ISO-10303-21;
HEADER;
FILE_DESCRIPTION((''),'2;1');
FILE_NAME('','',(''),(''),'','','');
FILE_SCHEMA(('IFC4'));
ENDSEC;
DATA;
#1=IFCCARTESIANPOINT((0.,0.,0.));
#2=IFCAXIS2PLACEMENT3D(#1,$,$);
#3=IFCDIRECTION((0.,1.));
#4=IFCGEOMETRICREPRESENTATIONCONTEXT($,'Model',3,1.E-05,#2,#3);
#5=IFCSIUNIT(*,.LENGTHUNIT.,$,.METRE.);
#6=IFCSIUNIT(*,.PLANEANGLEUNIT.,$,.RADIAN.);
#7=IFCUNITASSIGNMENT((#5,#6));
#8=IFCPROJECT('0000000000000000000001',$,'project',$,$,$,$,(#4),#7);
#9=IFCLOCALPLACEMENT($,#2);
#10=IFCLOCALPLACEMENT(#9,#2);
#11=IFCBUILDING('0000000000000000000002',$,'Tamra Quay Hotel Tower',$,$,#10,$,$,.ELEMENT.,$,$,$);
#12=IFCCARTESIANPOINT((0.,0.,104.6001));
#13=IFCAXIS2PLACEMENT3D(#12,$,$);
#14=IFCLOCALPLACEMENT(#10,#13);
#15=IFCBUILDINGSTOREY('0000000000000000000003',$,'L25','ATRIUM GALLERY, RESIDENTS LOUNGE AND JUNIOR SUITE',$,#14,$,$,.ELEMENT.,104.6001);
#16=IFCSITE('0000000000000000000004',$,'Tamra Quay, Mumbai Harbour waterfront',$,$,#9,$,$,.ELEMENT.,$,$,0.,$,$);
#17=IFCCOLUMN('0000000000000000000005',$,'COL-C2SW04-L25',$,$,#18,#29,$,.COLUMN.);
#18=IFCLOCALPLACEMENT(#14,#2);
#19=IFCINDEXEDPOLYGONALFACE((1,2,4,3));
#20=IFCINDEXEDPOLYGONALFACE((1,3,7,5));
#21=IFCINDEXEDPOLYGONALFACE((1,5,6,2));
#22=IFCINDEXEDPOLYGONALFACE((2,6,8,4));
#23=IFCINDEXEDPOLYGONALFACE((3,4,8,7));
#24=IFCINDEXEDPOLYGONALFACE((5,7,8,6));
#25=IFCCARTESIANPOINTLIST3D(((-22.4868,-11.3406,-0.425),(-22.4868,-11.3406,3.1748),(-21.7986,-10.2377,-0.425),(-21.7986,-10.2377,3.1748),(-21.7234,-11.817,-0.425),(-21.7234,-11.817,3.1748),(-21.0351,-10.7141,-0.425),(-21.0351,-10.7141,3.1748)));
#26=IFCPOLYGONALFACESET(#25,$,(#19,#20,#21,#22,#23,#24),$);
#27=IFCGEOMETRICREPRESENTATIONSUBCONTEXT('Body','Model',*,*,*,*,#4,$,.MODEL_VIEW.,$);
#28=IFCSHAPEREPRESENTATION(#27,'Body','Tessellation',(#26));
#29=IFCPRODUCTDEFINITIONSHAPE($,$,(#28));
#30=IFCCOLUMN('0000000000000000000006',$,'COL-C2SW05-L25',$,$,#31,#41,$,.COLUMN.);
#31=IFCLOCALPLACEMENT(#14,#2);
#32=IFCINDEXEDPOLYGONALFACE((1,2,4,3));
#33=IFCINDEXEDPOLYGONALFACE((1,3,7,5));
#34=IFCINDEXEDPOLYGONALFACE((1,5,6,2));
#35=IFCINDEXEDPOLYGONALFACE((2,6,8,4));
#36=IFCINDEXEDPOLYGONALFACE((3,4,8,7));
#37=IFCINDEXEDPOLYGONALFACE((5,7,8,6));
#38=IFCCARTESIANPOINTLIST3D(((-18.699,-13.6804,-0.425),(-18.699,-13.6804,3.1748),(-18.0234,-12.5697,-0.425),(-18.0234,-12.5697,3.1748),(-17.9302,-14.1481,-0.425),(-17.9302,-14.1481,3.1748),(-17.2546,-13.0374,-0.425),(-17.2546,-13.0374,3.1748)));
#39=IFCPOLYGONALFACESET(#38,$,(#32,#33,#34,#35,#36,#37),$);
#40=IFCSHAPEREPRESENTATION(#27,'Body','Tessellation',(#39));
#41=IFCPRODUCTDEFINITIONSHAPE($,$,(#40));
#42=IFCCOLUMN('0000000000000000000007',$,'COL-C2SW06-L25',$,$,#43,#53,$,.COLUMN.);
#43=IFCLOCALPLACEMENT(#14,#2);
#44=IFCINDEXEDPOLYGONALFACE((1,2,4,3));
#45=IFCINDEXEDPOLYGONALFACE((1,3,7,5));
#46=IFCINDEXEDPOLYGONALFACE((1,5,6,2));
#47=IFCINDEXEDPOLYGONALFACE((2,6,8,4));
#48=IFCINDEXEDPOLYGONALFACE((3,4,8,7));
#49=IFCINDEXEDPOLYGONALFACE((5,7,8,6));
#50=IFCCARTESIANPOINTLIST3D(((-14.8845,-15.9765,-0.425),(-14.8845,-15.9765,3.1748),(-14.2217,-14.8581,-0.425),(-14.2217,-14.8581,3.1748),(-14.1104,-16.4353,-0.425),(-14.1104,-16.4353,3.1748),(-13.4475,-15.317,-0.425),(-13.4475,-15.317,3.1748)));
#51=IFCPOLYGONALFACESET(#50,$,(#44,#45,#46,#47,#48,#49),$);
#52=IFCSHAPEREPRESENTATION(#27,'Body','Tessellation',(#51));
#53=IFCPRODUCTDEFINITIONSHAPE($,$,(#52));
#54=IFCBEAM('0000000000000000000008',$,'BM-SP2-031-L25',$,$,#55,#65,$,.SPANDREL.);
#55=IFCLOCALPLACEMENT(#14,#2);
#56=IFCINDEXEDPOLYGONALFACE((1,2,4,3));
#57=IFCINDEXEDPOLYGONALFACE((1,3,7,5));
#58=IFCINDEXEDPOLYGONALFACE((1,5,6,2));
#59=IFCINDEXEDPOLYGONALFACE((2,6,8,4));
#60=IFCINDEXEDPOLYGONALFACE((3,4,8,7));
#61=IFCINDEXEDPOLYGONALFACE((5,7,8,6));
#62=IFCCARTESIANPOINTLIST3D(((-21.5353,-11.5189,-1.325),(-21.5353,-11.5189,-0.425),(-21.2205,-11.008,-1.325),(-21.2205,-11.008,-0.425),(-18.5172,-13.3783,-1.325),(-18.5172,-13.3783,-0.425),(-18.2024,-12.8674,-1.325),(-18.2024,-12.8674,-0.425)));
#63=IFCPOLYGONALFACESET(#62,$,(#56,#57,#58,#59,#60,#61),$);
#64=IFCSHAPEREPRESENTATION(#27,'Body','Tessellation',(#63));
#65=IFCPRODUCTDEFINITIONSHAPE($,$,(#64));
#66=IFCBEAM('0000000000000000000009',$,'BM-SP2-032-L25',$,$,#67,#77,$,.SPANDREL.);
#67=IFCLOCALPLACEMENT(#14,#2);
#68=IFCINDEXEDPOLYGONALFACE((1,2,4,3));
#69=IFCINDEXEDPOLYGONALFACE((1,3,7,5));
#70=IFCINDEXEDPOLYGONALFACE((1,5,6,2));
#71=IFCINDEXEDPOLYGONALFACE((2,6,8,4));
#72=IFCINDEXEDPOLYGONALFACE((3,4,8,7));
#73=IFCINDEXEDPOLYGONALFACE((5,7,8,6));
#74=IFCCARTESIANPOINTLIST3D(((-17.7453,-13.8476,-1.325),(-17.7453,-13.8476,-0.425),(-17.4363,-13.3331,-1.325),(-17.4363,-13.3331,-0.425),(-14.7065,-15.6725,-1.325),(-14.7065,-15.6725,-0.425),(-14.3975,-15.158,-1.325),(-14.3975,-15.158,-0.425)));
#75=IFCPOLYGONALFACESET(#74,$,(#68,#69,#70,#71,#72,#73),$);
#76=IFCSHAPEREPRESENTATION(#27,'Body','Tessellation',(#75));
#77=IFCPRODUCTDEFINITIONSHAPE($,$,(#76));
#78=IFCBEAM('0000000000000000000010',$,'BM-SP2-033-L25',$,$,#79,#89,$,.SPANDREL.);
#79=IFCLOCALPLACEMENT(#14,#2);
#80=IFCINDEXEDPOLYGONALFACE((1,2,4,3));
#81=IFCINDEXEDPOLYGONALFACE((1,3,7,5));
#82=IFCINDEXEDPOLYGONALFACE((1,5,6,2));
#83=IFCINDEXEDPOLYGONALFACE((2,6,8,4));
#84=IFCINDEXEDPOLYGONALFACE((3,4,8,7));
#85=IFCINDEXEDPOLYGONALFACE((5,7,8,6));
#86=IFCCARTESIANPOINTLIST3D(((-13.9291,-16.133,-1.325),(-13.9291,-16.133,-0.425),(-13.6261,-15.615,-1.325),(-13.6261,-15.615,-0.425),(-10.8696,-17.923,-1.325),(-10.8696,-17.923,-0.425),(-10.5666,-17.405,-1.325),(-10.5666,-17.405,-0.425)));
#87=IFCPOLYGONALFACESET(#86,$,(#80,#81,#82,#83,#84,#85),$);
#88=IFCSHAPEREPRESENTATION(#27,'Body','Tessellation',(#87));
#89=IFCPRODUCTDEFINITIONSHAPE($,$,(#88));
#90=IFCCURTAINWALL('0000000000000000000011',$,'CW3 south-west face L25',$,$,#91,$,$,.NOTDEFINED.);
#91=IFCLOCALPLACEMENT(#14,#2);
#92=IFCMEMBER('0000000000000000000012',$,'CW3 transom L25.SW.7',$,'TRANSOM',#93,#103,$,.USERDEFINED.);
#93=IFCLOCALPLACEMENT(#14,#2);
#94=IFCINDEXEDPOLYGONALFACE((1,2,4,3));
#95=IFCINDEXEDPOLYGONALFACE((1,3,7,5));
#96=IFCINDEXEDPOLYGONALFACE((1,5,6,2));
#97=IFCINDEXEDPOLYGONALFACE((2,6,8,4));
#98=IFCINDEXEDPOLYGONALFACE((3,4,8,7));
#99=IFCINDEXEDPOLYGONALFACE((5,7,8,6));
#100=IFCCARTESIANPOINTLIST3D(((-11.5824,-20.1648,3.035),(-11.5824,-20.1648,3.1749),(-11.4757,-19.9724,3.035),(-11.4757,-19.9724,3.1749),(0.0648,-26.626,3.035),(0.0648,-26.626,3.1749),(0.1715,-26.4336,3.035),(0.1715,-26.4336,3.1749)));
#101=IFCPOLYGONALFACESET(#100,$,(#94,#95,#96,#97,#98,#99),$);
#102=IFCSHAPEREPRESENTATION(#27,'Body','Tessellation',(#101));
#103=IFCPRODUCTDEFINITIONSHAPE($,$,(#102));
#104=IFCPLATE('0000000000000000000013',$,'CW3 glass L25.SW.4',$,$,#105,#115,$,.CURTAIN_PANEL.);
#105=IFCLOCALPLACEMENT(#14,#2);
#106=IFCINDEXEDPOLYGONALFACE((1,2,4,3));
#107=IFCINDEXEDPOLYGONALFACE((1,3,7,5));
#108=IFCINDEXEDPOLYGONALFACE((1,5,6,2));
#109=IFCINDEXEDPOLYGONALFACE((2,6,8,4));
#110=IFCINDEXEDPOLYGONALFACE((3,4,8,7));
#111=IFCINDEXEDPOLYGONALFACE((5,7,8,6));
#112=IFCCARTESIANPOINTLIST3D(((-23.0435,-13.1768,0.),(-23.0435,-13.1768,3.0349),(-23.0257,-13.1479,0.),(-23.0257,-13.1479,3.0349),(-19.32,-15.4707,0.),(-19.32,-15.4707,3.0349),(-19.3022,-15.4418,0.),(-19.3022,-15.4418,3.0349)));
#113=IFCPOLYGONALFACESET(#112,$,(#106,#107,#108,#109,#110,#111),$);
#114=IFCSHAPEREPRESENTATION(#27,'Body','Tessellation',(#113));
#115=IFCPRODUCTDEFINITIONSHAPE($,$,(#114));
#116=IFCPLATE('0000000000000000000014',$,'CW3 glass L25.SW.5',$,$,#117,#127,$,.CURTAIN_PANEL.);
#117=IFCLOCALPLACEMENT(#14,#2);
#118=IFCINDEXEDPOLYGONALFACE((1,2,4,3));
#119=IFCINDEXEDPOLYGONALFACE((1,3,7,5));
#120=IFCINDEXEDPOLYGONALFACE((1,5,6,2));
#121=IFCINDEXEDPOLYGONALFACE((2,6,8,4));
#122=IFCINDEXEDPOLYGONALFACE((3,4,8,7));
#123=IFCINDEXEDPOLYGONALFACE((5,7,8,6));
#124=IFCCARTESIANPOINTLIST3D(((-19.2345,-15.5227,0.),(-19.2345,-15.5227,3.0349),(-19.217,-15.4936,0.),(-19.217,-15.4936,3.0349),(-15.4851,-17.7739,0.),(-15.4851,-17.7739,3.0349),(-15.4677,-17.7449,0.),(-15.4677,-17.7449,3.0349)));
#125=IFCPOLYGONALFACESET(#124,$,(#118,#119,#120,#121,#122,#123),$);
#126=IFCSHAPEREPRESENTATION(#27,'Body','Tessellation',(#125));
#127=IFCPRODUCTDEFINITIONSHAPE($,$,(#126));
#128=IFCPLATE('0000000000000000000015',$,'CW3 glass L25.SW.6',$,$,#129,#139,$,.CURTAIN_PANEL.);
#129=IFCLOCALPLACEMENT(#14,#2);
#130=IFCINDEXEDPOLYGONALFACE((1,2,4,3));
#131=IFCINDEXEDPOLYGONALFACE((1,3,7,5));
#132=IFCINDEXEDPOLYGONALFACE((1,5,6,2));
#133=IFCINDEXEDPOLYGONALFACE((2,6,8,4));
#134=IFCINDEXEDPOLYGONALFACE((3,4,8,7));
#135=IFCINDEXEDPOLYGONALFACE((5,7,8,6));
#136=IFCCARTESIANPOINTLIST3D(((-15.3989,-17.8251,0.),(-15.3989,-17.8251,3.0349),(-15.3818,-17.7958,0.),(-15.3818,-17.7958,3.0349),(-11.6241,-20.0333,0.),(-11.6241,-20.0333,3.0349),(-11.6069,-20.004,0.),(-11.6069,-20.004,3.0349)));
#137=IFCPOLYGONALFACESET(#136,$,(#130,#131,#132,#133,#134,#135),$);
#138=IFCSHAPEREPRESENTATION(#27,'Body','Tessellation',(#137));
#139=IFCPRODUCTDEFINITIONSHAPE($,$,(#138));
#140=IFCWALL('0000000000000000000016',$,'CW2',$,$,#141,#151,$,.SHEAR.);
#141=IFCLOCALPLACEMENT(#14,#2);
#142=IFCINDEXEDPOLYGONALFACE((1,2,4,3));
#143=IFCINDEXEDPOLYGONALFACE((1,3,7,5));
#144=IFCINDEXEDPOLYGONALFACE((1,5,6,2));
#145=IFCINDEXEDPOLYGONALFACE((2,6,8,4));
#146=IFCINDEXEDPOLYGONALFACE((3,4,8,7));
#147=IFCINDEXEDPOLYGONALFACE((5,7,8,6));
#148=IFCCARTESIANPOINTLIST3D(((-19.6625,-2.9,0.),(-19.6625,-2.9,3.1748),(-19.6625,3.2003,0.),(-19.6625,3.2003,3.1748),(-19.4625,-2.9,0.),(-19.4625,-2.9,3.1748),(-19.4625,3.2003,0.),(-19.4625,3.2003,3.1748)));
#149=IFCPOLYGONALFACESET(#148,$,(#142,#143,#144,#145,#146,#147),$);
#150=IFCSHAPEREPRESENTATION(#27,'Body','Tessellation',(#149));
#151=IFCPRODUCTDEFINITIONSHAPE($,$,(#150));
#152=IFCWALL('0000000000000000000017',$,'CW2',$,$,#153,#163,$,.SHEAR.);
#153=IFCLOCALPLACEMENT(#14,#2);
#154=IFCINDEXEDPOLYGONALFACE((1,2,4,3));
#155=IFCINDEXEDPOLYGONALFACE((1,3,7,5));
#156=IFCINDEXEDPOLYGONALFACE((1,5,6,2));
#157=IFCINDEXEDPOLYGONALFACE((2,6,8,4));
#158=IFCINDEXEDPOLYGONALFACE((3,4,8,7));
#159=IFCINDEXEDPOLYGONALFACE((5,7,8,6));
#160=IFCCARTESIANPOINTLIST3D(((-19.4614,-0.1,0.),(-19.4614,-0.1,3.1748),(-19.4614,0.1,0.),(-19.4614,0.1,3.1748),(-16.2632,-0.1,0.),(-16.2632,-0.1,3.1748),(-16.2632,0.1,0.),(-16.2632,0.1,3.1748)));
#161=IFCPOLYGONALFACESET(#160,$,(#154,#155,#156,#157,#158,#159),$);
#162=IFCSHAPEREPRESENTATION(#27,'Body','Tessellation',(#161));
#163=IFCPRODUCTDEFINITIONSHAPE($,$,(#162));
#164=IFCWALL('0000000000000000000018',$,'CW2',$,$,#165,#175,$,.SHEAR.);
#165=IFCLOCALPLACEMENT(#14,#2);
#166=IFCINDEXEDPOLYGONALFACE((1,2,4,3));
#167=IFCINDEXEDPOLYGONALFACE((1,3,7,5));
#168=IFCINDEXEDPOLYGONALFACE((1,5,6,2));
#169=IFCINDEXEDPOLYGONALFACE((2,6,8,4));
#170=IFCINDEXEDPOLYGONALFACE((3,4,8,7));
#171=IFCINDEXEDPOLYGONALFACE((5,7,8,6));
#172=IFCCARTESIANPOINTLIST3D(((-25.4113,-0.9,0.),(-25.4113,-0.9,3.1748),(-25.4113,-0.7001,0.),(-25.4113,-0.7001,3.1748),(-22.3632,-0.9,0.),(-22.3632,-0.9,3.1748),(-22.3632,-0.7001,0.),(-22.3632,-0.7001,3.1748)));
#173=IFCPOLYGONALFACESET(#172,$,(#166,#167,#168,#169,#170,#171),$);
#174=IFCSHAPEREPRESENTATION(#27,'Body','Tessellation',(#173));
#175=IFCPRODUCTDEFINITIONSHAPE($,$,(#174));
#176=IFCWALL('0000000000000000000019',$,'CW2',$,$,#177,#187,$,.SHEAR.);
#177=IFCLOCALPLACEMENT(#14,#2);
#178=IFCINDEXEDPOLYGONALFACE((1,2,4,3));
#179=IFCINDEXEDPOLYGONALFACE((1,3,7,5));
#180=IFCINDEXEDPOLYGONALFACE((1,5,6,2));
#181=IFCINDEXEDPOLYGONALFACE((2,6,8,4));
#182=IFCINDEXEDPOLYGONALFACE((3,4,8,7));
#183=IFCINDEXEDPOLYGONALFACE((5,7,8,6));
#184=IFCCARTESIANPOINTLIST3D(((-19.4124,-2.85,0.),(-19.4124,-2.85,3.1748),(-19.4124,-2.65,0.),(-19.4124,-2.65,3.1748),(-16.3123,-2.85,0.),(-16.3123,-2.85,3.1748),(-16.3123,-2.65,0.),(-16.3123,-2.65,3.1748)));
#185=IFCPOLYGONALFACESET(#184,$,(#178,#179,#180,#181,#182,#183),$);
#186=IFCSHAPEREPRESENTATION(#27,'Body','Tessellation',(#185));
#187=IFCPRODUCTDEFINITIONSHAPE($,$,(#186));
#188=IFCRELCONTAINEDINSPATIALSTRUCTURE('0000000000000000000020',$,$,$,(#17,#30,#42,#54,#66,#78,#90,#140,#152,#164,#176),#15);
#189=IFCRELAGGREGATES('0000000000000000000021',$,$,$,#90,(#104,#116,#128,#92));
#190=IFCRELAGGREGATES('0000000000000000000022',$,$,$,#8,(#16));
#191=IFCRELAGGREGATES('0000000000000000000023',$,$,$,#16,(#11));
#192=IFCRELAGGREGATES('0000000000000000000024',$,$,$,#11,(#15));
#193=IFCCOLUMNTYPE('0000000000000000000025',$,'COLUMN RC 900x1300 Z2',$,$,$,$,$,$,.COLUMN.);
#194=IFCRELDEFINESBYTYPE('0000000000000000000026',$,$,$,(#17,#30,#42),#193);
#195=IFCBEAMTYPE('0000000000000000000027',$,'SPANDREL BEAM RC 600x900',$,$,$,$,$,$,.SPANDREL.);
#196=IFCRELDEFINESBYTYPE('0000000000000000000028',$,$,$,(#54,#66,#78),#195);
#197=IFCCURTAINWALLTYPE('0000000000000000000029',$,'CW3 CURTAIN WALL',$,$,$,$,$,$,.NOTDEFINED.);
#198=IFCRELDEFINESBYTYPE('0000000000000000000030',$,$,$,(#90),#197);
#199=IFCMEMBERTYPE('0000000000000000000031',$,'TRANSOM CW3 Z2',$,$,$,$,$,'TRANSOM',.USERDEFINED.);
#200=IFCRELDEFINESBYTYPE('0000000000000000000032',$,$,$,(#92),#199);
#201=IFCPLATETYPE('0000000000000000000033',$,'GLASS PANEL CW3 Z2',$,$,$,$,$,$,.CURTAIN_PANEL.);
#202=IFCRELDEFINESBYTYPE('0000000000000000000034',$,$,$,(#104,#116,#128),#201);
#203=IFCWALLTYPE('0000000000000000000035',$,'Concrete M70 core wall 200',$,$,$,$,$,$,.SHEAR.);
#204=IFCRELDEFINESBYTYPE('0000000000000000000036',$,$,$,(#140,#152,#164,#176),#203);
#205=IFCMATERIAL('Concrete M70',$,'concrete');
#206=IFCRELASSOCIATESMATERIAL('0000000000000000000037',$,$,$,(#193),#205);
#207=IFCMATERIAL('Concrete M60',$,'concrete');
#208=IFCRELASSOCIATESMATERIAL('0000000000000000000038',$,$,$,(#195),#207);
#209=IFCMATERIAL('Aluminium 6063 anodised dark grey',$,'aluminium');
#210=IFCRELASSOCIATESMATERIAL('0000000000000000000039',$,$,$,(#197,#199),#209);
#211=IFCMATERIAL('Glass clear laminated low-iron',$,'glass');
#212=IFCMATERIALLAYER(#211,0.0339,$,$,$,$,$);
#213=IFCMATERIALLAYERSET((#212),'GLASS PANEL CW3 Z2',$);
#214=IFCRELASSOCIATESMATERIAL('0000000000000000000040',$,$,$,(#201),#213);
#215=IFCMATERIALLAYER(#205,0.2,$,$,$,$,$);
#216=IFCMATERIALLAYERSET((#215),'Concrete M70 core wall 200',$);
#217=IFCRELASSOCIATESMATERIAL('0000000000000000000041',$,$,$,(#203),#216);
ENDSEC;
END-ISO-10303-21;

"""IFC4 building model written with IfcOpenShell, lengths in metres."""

from ifc_helpers import new_model, si_unit, direction, frame, frame_2d, origin, origin_2d, place, context, subcontext, project, spatial, rectangle, extrude, material, layer, layer_set, material_profile, profile_set, type_object, element, aggregate, save


model = new_model("IFC4")

# Units and contexts
model_context = context("Model", 3, precision=1e-05, world=origin(), true_north=direction((0.0, 1.0)))
body_context = subcontext(model_context, "Body", "Model", "MODEL_VIEW")
ifc_project = project(units=[si_unit("LENGTHUNIT", "METRE"), si_unit("PLANEANGLEUNIT", "RADIAN")], contexts=[model_context])

# Site, building, storey
site_placement = place(None, origin())
site = spatial("IfcSite", under=ifc_project, at=site_placement, Name="Tamra Quay, Mumbai Harbour waterfront", CompositionType="ELEMENT", RefElevation=0.0)
building_placement = place(site_placement, origin())
building = spatial("IfcBuilding", under=site, at=building_placement, Name="Tamra Quay Hotel Tower", CompositionType="ELEMENT")
storey_placement = place(building_placement, frame((0.0, 0.0, 104.6001)))
storey = spatial("IfcBuildingStorey", under=building, at=storey_placement, Name="L25", Description="ATRIUM GALLERY, RESIDENTS LOUNGE AND JUNIOR SUITE", CompositionType="ELEMENT", Elevation=104.6001)

# Columns
ifc_material_1 = material(Name="Concrete M70", Category="concrete")
ifc_material_profile_1 = material_profile(ifc_material_1, rectangle(XDim=1.3, YDim=0.8999, at=origin_2d()), Name="COLUMN RC 900x1300 Z2")
ifc_profile_set_1 = profile_set([ifc_material_profile_1], Name="Concrete M70")
column_type = type_object("IfcColumnType", Name="COLUMN RC 900x1300 Z2", PredefinedType="COLUMN", material=ifc_profile_set_1)
for number, where, z_axis, x_axis, name in (
    (1, (-21.761, -11.0273, -0.425), (0.0, 0.0, 1.0), (0.52941, 0.848366, 0.0), "COL-C2SW04-L25"),
    (2, (-17.9768, -13.3589, -0.425), (0.0, 0.0, 1.0), (0.519679, 0.854362, 0.0), "COL-C2SW05-L25"),
    (3, (-14.166, -15.6467, -0.425), (0.0, 0.0, 1.0), (0.509873, 0.860249, 0.0), "COL-C2SW06-L25"),
):
    element("IfcColumn", number, at=place(storey_placement, frame(where, z_axis=z_axis, x_axis=x_axis)), inside=storey, type_object=column_type, Name=name, PredefinedType="COLUMN", context=body_context, shape_type="SweptSolid", body=[
        extrude(rectangle(XDim=1.3, YDim=0.8999, at=origin_2d()), origin(), (0.0, 0.0, 1.0), 3.5999),
    ])

# Beams
ifc_material_2 = material(Name="Concrete M60", Category="concrete")
ifc_material_profile_2 = material_profile(ifc_material_2, rectangle(XDim=0.6001, YDim=0.8999, at=origin_2d()), Name="SPANDREL BEAM RC 600x900")
ifc_profile_set_2 = profile_set([ifc_material_profile_2], Name="Concrete M60")
beam_type = type_object("IfcBeamType", Name="SPANDREL BEAM RC 600x900", PredefinedType="SPANDREL", material=ifc_profile_set_2)
beam_placement = place(storey_placement, frame((-21.3779, -11.2634, -0.875), z_axis=(0.851393, -0.524528, 0.0), x_axis=(0.524528, 0.851393, 0.0)))
element("IfcBeam", 4, at=beam_placement, inside=storey, type_object=beam_type, Name="BM-SP2-031-L25", PredefinedType="SPANDREL", context=body_context, shape_type="SweptSolid", body=[
    extrude(rectangle(XDim=0.6001, YDim=0.8999, at=origin_2d()), origin(), (0.0, 0.0, 1.0), 3.5449),
])
for number, where, z_axis, x_axis, name in (
    (5, (-17.5908, -13.5903, -0.875), (0.857286, -0.51484, 0.0), (0.51484, 0.857286, 0.0), "BM-SP2-032-L25"),
    (6, (-13.7776, -15.874, -0.875), (0.863129, -0.504984, 0.0), (0.504984, 0.863129, 0.0), "BM-SP2-033-L25"),
):
    element("IfcBeam", number, at=place(storey_placement, frame(where, z_axis=z_axis, x_axis=x_axis)), inside=storey, type_object=beam_type, Name=name, PredefinedType="SPANDREL", context=body_context, shape_type="SweptSolid", body=[
        extrude(rectangle(XDim=0.6001, YDim=0.8999, at=origin_2d()), origin(), (0.0, 0.0, 1.0), 3.5447),
    ])

# Curtain wall, member, plates
ifc_material_3 = material(Name="Aluminium 6063 anodised dark grey", Category="aluminium")
curtain_wall_type = type_object("IfcCurtainWallType", Name="CW3 CURTAIN WALL", PredefinedType="NOTDEFINED", material=ifc_material_3)
curtain_wall_placement = place(storey_placement, origin())
curtain_wall = element("IfcCurtainWall", 7, at=curtain_wall_placement, inside=storey, type_object=curtain_wall_type, Name="CW3 south-west face L25", PredefinedType="NOTDEFINED")
ifc_material_profile_3 = material_profile(ifc_material_3, rectangle(XDim=0.22, YDim=0.1399, at=origin_2d()), Name="TRANSOM 220X140")
ifc_profile_set_3 = profile_set([ifc_material_profile_3], Name="Aluminium 6063 anodised dark grey")
member_type = type_object("IfcMemberType", Name="TRANSOM CW3 Z2", ElementType="TRANSOM", PredefinedType="USERDEFINED", material=ifc_profile_set_3)
member_placement = place(storey_placement, frame((-11.5291, -20.0686, 3.105), z_axis=(0.87446, -0.485098, 0.0), x_axis=(0.485098, 0.87446, 0.0)))
member = element("IfcMember", 8, at=member_placement, type_object=member_type, Name="CW3 transom L25.SW.7", ObjectType="TRANSOM", PredefinedType="USERDEFINED", context=body_context, shape_type="SweptSolid", body=[
    extrude(rectangle(XDim=0.22, YDim=0.1399, at=origin_2d()), origin(), (0.0, 0.0, 1.0), 13.3193),
])
ifc_material_4 = material(Name="Glass clear laminated low-iron", Category="glass")
ifc_layer_1 = layer(ifc_material_4, 0.0339)
ifc_layer_set_1 = layer_set([ifc_layer_1], Name="GLASS PANEL CW3 Z2")
plate_type = type_object("IfcPlateType", Name="GLASS PANEL CW3 Z2", PredefinedType="CURTAIN_PANEL", material=ifc_layer_set_1)
plate_1_placement = place(storey_placement, frame((-21.1729, -14.3093, 0.0), z_axis=(0.0, 0.0, 1.0), x_axis=(0.851399, -0.524518, 0.0)))
plate_1 = element("IfcPlate", 9, at=plate_1_placement, type_object=plate_type, Name="CW3 glass L25.SW.4", PredefinedType="CURTAIN_PANEL", context=body_context, shape_type="SweptSolid", body=[
    extrude(rectangle(XDim=4.3733, YDim=0.0339, at=origin_2d()), origin(), (0.0, 0.0, 1.0), 3.0349),
])
plate_2_placement = place(storey_placement, frame((-17.3511, -16.6338, 0.0), z_axis=(0.0, 0.0, 1.0), x_axis=(0.857331, -0.514765, 0.0)))
plate_2 = element("IfcPlate", 10, at=plate_2_placement, type_object=plate_type, Name="CW3 glass L25.SW.5", PredefinedType="CURTAIN_PANEL", context=body_context, shape_type="SweptSolid", body=[
    extrude(rectangle(XDim=4.3733, YDim=0.0339, at=origin_2d()), origin(), (0.0, 0.0, 1.0), 3.0349),
])
plate_3_placement = place(storey_placement, frame((-13.5029, -18.9146, 0.0), z_axis=(0.0, 0.0, 1.0), x_axis=(0.863155, -0.504939, 0.0)))
plate_3 = element("IfcPlate", 11, at=plate_3_placement, type_object=plate_type, Name="CW3 glass L25.SW.6", PredefinedType="CURTAIN_PANEL", context=body_context, shape_type="SweptSolid", body=[
    extrude(rectangle(XDim=4.3733, YDim=0.0339, at=origin_2d()), origin(), (0.0, 0.0, 1.0), 3.0349),
])
aggregate(curtain_wall, [plate_1, plate_2, plate_3, member])

# Walls
ifc_layer_2 = layer(ifc_material_1, 0.2)
ifc_layer_set_2 = layer_set([ifc_layer_2], Name="Concrete M70 core wall 200")
wall_type_1 = type_object("IfcWallType", Name="Concrete M70 core wall 200", PredefinedType="SHEAR", material=ifc_layer_set_2)
wall_1_placement = place(storey_placement, frame((-19.5625, -2.9001, 0.0), z_axis=(0.0, 0.0, 1.0), x_axis=(0.0, 1.0, 0.0)))
element("IfcWall", 12, at=wall_1_placement, inside=storey, type_object=wall_type_1, Name="CW2", PredefinedType="SHEAR", context=body_context, shape_type="SweptSolid", body=[
    extrude(rectangle(XDim=6.1003, YDim=0.2, at=frame_2d((3.0503, 0.0))), origin(), (0.0, 0.0, 1.0), 3.1748),
])
wall_2_placement = place(storey_placement, frame((-16.2632, 0.0, 0.0), z_axis=(0.0, 0.0, 1.0), x_axis=(-1.0, 0.0, 0.0)))
element("IfcWall", 13, at=wall_2_placement, inside=storey, type_object=wall_type_1, Name="CW2", PredefinedType="SHEAR", context=body_context, shape_type="SweptSolid", body=[
    extrude(rectangle(XDim=3.1982, YDim=0.2, at=frame_2d((1.5991, 0.0))), origin(), (0.0, 0.0, 1.0), 3.1748),
])
wall_3_placement = place(storey_placement, frame((-22.3633, -0.8, 0.0), z_axis=(0.0, 0.0, 1.0), x_axis=(-1.0, 0.0, 0.0)))
element("IfcWall", 14, at=wall_3_placement, inside=storey, type_object=wall_type_1, Name="CW2", PredefinedType="SHEAR", context=body_context, shape_type="SweptSolid", body=[
    extrude(rectangle(XDim=3.0481, YDim=0.2, at=frame_2d((1.5239, 0.0))), origin(), (0.0, 0.0, 1.0), 3.1748),
])
wall_4_placement = place(storey_placement, frame((-19.4124, -2.75, 0.0), z_axis=(0.0, 0.0, 1.0), x_axis=(1.0, 0.0, 0.0)))
element("IfcWall", 15, at=wall_4_placement, inside=storey, type_object=wall_type_1, Name="CW2", PredefinedType="SHEAR", context=body_context, shape_type="SweptSolid", body=[
    extrude(rectangle(XDim=3.1001, YDim=0.2, at=frame_2d((1.55, 0.0))), origin(), (0.0, 0.0, 1.0), 3.1748),
])

save(model, "model.ifc")
